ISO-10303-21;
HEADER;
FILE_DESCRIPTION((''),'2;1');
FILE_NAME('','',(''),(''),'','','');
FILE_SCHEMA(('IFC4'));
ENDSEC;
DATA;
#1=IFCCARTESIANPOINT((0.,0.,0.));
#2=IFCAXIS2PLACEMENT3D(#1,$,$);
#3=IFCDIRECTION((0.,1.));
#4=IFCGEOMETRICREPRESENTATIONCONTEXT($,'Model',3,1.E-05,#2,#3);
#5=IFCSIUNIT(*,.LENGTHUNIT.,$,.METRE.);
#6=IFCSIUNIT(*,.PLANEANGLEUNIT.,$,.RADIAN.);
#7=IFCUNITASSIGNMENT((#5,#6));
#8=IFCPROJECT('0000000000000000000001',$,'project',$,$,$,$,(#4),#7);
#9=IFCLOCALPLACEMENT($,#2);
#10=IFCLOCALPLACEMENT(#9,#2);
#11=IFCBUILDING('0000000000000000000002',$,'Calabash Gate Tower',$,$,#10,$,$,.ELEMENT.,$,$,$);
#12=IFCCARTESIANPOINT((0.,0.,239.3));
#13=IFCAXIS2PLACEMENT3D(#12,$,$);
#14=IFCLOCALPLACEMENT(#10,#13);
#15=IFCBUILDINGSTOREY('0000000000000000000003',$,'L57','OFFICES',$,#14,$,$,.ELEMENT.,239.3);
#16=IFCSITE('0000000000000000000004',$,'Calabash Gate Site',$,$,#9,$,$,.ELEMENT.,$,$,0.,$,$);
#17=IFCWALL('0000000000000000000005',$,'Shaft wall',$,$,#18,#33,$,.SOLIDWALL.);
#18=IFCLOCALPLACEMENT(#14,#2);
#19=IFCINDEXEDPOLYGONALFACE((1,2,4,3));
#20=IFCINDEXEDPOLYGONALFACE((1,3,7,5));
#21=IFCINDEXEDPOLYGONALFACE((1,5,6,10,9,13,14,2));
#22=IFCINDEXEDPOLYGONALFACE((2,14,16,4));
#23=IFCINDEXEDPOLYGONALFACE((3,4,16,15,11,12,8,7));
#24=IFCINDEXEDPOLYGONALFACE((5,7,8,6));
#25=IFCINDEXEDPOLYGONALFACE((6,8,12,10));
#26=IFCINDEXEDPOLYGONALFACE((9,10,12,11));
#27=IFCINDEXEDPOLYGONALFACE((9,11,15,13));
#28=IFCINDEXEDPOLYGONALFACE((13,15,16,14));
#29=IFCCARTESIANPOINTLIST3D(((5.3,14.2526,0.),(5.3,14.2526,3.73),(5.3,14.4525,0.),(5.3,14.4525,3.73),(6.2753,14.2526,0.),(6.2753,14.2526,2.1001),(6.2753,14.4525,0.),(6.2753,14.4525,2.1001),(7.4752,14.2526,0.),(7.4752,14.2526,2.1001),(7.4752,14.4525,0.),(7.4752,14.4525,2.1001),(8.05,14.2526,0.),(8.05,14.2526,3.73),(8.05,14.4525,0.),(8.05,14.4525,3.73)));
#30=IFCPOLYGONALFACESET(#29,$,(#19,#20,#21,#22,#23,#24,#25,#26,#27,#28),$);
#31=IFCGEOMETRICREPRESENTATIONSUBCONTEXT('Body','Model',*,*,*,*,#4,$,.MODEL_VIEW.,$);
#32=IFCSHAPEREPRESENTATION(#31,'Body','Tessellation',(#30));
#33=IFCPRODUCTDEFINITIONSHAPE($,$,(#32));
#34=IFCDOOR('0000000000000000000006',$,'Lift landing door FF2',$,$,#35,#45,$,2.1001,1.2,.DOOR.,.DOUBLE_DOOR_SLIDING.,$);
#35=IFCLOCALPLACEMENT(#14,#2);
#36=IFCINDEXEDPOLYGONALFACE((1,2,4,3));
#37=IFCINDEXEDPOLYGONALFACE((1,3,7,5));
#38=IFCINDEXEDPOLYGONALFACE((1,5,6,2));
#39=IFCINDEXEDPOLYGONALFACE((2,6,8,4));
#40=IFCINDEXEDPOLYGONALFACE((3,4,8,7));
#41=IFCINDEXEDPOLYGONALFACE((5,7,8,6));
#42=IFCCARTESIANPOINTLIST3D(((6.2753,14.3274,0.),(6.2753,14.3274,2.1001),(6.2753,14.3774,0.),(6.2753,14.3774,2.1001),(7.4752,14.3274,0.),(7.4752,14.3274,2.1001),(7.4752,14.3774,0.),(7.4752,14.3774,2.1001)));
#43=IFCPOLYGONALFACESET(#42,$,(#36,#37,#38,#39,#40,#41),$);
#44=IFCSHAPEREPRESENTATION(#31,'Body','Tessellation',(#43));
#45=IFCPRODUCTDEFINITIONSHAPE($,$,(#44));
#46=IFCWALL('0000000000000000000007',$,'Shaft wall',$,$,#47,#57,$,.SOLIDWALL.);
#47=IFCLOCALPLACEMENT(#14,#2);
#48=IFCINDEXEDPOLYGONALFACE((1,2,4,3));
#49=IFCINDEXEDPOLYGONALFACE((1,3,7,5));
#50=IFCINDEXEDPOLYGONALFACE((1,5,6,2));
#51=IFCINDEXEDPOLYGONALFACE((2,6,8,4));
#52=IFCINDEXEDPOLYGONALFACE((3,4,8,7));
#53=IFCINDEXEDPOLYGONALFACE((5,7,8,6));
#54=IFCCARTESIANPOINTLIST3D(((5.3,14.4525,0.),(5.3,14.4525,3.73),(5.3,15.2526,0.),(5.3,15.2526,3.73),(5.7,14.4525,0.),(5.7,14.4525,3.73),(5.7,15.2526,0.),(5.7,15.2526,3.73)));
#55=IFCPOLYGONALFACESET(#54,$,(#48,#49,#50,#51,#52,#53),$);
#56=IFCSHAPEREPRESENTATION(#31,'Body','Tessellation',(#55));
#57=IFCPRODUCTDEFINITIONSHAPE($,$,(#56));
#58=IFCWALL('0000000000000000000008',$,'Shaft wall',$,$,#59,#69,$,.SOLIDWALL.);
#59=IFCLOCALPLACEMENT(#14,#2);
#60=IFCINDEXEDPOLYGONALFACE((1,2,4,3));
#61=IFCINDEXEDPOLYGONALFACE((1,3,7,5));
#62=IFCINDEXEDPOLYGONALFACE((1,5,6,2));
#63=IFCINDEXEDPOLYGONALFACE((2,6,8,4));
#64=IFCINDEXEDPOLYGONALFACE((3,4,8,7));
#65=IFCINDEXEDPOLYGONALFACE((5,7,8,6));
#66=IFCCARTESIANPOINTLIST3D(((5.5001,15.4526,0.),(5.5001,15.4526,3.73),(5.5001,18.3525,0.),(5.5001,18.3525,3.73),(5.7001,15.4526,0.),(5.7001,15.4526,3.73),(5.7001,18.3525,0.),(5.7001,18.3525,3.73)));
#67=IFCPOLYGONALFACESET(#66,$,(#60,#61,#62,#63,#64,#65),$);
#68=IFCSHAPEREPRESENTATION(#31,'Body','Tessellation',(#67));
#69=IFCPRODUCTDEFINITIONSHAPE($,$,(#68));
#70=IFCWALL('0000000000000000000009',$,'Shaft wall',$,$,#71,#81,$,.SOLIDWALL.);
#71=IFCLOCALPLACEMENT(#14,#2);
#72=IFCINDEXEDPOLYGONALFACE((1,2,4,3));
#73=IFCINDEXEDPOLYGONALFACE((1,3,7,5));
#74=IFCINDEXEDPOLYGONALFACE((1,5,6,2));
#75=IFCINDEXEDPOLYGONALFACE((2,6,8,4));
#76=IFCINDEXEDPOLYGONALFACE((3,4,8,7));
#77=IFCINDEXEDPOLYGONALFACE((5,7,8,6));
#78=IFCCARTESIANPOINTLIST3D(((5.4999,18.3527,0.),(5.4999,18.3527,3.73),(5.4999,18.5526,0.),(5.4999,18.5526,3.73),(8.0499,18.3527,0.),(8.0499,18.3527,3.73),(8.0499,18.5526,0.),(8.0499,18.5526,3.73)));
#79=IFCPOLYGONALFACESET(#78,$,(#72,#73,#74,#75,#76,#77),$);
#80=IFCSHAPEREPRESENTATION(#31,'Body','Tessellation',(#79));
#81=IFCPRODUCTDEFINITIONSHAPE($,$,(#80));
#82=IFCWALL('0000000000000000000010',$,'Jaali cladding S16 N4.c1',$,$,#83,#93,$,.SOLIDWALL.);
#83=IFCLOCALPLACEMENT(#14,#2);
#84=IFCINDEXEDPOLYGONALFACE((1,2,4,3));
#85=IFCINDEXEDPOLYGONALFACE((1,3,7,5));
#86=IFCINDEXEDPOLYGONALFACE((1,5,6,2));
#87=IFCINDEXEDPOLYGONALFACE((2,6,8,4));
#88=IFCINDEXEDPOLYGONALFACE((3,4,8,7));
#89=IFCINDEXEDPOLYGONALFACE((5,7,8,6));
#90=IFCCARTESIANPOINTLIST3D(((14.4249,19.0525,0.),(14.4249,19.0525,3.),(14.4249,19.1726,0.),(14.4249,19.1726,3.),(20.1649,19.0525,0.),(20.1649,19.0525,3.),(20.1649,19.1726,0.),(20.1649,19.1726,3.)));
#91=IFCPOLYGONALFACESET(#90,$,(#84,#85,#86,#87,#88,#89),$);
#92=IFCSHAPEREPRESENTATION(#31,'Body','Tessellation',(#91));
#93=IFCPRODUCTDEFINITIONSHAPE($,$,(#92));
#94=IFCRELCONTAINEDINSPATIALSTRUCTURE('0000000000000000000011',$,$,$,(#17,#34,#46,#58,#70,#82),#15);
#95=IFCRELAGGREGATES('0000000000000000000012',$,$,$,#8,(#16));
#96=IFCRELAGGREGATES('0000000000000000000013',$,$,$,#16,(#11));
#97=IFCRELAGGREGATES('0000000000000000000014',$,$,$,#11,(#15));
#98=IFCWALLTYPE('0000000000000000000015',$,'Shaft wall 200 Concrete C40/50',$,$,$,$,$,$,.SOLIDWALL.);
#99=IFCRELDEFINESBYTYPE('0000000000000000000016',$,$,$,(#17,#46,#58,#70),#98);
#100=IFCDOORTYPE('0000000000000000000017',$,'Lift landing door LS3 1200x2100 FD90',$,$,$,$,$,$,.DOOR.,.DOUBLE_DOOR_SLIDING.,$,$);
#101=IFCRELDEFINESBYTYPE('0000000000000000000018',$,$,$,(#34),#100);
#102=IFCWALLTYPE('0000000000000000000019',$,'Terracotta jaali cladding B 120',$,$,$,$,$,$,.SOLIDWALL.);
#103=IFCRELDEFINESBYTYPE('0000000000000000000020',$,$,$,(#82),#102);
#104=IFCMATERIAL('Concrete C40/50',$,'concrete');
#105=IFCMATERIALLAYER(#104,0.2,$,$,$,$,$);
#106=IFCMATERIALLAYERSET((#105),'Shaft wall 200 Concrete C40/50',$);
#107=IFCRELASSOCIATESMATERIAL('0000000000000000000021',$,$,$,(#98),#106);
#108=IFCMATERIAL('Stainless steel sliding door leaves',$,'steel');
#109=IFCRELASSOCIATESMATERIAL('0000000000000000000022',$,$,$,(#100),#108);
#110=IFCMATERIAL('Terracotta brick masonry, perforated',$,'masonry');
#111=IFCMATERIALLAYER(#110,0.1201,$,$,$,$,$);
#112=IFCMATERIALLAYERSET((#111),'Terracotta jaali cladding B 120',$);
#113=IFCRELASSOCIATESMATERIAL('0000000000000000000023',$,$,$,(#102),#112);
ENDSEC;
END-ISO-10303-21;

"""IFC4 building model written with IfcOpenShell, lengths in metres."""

from ifc_helpers import new_model, si_unit, direction, frame, frame_2d, origin, place, context, subcontext, project, spatial, rectangle, extrude, material, layer, layer_set, type_object, element, fill, save


model = new_model("IFC4")

# Units and contexts
model_context = context("Model", 3, precision=1e-05, world=origin(), true_north=direction((0.0, 1.0)))
body_context = subcontext(model_context, "Body", "Model", "MODEL_VIEW")
ifc_project = project(units=[si_unit("LENGTHUNIT", "METRE"), si_unit("PLANEANGLEUNIT", "RADIAN")], contexts=[model_context])

# Site, building, storey
site_placement = place(None, origin())
site = spatial("IfcSite", under=ifc_project, at=site_placement, Name="Calabash Gate Site", CompositionType="ELEMENT", RefElevation=0.0)
building_placement = place(site_placement, origin())
building = spatial("IfcBuilding", under=site, at=building_placement, Name="Calabash Gate Tower", CompositionType="ELEMENT")
storey_placement = place(building_placement, frame((0.0, 0.0, 239.3)))
storey = spatial("IfcBuildingStorey", under=building, at=storey_placement, Name="L57", Description="OFFICES", CompositionType="ELEMENT", Elevation=239.3)

# Shared definitions
ifc_material_1 = material(Name="Concrete C40/50", Category="concrete")
ifc_layer_1 = layer(ifc_material_1, 0.2)
ifc_layer_set_1 = layer_set([ifc_layer_1], Name="Shaft wall 200 Concrete C40/50")
wall_type_1 = type_object("IfcWallType", Name="Shaft wall 200 Concrete C40/50", PredefinedType="SOLIDWALL", material=ifc_layer_set_1)

# Wall, opening, door
wall_1_placement = place(storey_placement, frame((5.3, 14.3525, 0.0), z_axis=(0.0, 0.0, 1.0), x_axis=(1.0, 0.0, 0.0)))
wall_1 = element("IfcWall", 1, at=wall_1_placement, inside=storey, type_object=wall_type_1, Name="Shaft wall", PredefinedType="SOLIDWALL", context=body_context, shape_type="SweptSolid", body=[
    extrude(rectangle(XDim=2.75, YDim=0.2, at=frame_2d((1.375, 0.0))), origin(), (0.0, 0.0, 1.0), 3.73),
])
opening_1_placement = place(wall_1_placement, frame((0.9751, 0.0, 0.0)))
opening_1 = element("IfcOpeningElement", 2, at=opening_1_placement, cuts=wall_1, PredefinedType="OPENING", context=body_context, shape_type="SweptSolid", body=[
    extrude(rectangle(XDim=1.2, YDim=2.1001, at=frame_2d((0.6001, 1.05))), frame((0.0, 0.1099, 0.0), z_axis=(0.0, -1.0, 0.0), x_axis=(1.0, 0.0, 0.0)), (0.0, 0.0, 1.0), 0.22),
])
ifc_material_2 = material(Name="Stainless steel sliding door leaves", Category="steel")
door_type_1 = type_object("IfcDoorType", Name="Lift landing door LS3 1200x2100 FD90", OperationType="DOUBLE_DOOR_SLIDING", PredefinedType="DOOR", material=ifc_material_2)
door_1_placement = place(opening_1_placement, origin())
door_1 = element("IfcDoor", 3, at=door_1_placement, inside=storey, type_object=door_type_1, Name="Lift landing door FF2", OperationType="DOUBLE_DOOR_SLIDING", OverallHeight=2.1001, OverallWidth=1.2, PredefinedType="DOOR", context=body_context, shape_type="SweptSolid", body=[
    extrude(rectangle(XDim=1.2, YDim=2.1001, at=frame_2d((0.6001, 1.05))), frame((0.0, 0.0249, 0.0), z_axis=(0.0, -1.0, 0.0), x_axis=(1.0, 0.0, 0.0)), (0.0, 0.0, 1.0), 0.05),
])
fill(opening_1, door_1)

# Walls
wall_2_placement = place(storey_placement, frame((5.5, 14.4526, 0.0), z_axis=(0.0, 0.0, 1.0), x_axis=(0.0, 1.0, 0.0)))
element("IfcWall", 4, at=wall_2_placement, inside=storey, type_object=wall_type_1, Name="Shaft wall", PredefinedType="SOLIDWALL", context=body_context, shape_type="SweptSolid", body=[
    extrude(rectangle(XDim=0.8, YDim=0.3999, at=frame_2d((0.3999, 0.0))), origin(), (0.0, 0.0, 1.0), 3.73),
])
wall_3_placement = place(storey_placement, frame((5.6001, 15.4526, 0.0), z_axis=(0.0, 0.0, 1.0), x_axis=(0.0, 1.0, 0.0)))
element("IfcWall", 5, at=wall_3_placement, inside=storey, type_object=wall_type_1, Name="Shaft wall", PredefinedType="SOLIDWALL", context=body_context, shape_type="SweptSolid", body=[
    extrude(rectangle(XDim=2.8999, YDim=0.2, at=frame_2d((1.45, 0.0))), origin(), (0.0, 0.0, 1.0), 3.73),
])
wall_4_placement = place(storey_placement, frame((5.5, 18.4526, 0.0), z_axis=(0.0, 0.0, 1.0), x_axis=(1.0, 0.0, 0.0)))
element("IfcWall", 6, at=wall_4_placement, inside=storey, type_object=wall_type_1, Name="Shaft wall", PredefinedType="SOLIDWALL", context=body_context, shape_type="SweptSolid", body=[
    extrude(rectangle(XDim=2.55, YDim=0.2, at=frame_2d((1.2749, 0.0))), origin(), (0.0, 0.0, 1.0), 3.73),
])
ifc_material_3 = material(Name="Terracotta brick masonry, perforated", Category="masonry")
ifc_layer_2 = layer(ifc_material_3, 0.1201)
ifc_layer_set_2 = layer_set([ifc_layer_2], Name="Terracotta jaali cladding B 120")
wall_type_2 = type_object("IfcWallType", Name="Terracotta jaali cladding B 120", PredefinedType="SOLIDWALL", material=ifc_layer_set_2)
wall_5_placement = place(storey_placement, frame((14.4248, 19.1125, 0.0), z_axis=(0.0, 0.0, 1.0), x_axis=(1.0, 0.0, 0.0)))
element("IfcWall", 7, at=wall_5_placement, inside=storey, type_object=wall_type_2, Name="Jaali cladding S16 N4.c1", PredefinedType="SOLIDWALL", context=body_context, shape_type="SweptSolid", body=[
    extrude(rectangle(XDim=5.74, YDim=0.1201, at=frame_2d((2.8701, 0.0))), origin(), (0.0, 0.0, 1.0), 3.0),
])

save(model, "model.ifc")
